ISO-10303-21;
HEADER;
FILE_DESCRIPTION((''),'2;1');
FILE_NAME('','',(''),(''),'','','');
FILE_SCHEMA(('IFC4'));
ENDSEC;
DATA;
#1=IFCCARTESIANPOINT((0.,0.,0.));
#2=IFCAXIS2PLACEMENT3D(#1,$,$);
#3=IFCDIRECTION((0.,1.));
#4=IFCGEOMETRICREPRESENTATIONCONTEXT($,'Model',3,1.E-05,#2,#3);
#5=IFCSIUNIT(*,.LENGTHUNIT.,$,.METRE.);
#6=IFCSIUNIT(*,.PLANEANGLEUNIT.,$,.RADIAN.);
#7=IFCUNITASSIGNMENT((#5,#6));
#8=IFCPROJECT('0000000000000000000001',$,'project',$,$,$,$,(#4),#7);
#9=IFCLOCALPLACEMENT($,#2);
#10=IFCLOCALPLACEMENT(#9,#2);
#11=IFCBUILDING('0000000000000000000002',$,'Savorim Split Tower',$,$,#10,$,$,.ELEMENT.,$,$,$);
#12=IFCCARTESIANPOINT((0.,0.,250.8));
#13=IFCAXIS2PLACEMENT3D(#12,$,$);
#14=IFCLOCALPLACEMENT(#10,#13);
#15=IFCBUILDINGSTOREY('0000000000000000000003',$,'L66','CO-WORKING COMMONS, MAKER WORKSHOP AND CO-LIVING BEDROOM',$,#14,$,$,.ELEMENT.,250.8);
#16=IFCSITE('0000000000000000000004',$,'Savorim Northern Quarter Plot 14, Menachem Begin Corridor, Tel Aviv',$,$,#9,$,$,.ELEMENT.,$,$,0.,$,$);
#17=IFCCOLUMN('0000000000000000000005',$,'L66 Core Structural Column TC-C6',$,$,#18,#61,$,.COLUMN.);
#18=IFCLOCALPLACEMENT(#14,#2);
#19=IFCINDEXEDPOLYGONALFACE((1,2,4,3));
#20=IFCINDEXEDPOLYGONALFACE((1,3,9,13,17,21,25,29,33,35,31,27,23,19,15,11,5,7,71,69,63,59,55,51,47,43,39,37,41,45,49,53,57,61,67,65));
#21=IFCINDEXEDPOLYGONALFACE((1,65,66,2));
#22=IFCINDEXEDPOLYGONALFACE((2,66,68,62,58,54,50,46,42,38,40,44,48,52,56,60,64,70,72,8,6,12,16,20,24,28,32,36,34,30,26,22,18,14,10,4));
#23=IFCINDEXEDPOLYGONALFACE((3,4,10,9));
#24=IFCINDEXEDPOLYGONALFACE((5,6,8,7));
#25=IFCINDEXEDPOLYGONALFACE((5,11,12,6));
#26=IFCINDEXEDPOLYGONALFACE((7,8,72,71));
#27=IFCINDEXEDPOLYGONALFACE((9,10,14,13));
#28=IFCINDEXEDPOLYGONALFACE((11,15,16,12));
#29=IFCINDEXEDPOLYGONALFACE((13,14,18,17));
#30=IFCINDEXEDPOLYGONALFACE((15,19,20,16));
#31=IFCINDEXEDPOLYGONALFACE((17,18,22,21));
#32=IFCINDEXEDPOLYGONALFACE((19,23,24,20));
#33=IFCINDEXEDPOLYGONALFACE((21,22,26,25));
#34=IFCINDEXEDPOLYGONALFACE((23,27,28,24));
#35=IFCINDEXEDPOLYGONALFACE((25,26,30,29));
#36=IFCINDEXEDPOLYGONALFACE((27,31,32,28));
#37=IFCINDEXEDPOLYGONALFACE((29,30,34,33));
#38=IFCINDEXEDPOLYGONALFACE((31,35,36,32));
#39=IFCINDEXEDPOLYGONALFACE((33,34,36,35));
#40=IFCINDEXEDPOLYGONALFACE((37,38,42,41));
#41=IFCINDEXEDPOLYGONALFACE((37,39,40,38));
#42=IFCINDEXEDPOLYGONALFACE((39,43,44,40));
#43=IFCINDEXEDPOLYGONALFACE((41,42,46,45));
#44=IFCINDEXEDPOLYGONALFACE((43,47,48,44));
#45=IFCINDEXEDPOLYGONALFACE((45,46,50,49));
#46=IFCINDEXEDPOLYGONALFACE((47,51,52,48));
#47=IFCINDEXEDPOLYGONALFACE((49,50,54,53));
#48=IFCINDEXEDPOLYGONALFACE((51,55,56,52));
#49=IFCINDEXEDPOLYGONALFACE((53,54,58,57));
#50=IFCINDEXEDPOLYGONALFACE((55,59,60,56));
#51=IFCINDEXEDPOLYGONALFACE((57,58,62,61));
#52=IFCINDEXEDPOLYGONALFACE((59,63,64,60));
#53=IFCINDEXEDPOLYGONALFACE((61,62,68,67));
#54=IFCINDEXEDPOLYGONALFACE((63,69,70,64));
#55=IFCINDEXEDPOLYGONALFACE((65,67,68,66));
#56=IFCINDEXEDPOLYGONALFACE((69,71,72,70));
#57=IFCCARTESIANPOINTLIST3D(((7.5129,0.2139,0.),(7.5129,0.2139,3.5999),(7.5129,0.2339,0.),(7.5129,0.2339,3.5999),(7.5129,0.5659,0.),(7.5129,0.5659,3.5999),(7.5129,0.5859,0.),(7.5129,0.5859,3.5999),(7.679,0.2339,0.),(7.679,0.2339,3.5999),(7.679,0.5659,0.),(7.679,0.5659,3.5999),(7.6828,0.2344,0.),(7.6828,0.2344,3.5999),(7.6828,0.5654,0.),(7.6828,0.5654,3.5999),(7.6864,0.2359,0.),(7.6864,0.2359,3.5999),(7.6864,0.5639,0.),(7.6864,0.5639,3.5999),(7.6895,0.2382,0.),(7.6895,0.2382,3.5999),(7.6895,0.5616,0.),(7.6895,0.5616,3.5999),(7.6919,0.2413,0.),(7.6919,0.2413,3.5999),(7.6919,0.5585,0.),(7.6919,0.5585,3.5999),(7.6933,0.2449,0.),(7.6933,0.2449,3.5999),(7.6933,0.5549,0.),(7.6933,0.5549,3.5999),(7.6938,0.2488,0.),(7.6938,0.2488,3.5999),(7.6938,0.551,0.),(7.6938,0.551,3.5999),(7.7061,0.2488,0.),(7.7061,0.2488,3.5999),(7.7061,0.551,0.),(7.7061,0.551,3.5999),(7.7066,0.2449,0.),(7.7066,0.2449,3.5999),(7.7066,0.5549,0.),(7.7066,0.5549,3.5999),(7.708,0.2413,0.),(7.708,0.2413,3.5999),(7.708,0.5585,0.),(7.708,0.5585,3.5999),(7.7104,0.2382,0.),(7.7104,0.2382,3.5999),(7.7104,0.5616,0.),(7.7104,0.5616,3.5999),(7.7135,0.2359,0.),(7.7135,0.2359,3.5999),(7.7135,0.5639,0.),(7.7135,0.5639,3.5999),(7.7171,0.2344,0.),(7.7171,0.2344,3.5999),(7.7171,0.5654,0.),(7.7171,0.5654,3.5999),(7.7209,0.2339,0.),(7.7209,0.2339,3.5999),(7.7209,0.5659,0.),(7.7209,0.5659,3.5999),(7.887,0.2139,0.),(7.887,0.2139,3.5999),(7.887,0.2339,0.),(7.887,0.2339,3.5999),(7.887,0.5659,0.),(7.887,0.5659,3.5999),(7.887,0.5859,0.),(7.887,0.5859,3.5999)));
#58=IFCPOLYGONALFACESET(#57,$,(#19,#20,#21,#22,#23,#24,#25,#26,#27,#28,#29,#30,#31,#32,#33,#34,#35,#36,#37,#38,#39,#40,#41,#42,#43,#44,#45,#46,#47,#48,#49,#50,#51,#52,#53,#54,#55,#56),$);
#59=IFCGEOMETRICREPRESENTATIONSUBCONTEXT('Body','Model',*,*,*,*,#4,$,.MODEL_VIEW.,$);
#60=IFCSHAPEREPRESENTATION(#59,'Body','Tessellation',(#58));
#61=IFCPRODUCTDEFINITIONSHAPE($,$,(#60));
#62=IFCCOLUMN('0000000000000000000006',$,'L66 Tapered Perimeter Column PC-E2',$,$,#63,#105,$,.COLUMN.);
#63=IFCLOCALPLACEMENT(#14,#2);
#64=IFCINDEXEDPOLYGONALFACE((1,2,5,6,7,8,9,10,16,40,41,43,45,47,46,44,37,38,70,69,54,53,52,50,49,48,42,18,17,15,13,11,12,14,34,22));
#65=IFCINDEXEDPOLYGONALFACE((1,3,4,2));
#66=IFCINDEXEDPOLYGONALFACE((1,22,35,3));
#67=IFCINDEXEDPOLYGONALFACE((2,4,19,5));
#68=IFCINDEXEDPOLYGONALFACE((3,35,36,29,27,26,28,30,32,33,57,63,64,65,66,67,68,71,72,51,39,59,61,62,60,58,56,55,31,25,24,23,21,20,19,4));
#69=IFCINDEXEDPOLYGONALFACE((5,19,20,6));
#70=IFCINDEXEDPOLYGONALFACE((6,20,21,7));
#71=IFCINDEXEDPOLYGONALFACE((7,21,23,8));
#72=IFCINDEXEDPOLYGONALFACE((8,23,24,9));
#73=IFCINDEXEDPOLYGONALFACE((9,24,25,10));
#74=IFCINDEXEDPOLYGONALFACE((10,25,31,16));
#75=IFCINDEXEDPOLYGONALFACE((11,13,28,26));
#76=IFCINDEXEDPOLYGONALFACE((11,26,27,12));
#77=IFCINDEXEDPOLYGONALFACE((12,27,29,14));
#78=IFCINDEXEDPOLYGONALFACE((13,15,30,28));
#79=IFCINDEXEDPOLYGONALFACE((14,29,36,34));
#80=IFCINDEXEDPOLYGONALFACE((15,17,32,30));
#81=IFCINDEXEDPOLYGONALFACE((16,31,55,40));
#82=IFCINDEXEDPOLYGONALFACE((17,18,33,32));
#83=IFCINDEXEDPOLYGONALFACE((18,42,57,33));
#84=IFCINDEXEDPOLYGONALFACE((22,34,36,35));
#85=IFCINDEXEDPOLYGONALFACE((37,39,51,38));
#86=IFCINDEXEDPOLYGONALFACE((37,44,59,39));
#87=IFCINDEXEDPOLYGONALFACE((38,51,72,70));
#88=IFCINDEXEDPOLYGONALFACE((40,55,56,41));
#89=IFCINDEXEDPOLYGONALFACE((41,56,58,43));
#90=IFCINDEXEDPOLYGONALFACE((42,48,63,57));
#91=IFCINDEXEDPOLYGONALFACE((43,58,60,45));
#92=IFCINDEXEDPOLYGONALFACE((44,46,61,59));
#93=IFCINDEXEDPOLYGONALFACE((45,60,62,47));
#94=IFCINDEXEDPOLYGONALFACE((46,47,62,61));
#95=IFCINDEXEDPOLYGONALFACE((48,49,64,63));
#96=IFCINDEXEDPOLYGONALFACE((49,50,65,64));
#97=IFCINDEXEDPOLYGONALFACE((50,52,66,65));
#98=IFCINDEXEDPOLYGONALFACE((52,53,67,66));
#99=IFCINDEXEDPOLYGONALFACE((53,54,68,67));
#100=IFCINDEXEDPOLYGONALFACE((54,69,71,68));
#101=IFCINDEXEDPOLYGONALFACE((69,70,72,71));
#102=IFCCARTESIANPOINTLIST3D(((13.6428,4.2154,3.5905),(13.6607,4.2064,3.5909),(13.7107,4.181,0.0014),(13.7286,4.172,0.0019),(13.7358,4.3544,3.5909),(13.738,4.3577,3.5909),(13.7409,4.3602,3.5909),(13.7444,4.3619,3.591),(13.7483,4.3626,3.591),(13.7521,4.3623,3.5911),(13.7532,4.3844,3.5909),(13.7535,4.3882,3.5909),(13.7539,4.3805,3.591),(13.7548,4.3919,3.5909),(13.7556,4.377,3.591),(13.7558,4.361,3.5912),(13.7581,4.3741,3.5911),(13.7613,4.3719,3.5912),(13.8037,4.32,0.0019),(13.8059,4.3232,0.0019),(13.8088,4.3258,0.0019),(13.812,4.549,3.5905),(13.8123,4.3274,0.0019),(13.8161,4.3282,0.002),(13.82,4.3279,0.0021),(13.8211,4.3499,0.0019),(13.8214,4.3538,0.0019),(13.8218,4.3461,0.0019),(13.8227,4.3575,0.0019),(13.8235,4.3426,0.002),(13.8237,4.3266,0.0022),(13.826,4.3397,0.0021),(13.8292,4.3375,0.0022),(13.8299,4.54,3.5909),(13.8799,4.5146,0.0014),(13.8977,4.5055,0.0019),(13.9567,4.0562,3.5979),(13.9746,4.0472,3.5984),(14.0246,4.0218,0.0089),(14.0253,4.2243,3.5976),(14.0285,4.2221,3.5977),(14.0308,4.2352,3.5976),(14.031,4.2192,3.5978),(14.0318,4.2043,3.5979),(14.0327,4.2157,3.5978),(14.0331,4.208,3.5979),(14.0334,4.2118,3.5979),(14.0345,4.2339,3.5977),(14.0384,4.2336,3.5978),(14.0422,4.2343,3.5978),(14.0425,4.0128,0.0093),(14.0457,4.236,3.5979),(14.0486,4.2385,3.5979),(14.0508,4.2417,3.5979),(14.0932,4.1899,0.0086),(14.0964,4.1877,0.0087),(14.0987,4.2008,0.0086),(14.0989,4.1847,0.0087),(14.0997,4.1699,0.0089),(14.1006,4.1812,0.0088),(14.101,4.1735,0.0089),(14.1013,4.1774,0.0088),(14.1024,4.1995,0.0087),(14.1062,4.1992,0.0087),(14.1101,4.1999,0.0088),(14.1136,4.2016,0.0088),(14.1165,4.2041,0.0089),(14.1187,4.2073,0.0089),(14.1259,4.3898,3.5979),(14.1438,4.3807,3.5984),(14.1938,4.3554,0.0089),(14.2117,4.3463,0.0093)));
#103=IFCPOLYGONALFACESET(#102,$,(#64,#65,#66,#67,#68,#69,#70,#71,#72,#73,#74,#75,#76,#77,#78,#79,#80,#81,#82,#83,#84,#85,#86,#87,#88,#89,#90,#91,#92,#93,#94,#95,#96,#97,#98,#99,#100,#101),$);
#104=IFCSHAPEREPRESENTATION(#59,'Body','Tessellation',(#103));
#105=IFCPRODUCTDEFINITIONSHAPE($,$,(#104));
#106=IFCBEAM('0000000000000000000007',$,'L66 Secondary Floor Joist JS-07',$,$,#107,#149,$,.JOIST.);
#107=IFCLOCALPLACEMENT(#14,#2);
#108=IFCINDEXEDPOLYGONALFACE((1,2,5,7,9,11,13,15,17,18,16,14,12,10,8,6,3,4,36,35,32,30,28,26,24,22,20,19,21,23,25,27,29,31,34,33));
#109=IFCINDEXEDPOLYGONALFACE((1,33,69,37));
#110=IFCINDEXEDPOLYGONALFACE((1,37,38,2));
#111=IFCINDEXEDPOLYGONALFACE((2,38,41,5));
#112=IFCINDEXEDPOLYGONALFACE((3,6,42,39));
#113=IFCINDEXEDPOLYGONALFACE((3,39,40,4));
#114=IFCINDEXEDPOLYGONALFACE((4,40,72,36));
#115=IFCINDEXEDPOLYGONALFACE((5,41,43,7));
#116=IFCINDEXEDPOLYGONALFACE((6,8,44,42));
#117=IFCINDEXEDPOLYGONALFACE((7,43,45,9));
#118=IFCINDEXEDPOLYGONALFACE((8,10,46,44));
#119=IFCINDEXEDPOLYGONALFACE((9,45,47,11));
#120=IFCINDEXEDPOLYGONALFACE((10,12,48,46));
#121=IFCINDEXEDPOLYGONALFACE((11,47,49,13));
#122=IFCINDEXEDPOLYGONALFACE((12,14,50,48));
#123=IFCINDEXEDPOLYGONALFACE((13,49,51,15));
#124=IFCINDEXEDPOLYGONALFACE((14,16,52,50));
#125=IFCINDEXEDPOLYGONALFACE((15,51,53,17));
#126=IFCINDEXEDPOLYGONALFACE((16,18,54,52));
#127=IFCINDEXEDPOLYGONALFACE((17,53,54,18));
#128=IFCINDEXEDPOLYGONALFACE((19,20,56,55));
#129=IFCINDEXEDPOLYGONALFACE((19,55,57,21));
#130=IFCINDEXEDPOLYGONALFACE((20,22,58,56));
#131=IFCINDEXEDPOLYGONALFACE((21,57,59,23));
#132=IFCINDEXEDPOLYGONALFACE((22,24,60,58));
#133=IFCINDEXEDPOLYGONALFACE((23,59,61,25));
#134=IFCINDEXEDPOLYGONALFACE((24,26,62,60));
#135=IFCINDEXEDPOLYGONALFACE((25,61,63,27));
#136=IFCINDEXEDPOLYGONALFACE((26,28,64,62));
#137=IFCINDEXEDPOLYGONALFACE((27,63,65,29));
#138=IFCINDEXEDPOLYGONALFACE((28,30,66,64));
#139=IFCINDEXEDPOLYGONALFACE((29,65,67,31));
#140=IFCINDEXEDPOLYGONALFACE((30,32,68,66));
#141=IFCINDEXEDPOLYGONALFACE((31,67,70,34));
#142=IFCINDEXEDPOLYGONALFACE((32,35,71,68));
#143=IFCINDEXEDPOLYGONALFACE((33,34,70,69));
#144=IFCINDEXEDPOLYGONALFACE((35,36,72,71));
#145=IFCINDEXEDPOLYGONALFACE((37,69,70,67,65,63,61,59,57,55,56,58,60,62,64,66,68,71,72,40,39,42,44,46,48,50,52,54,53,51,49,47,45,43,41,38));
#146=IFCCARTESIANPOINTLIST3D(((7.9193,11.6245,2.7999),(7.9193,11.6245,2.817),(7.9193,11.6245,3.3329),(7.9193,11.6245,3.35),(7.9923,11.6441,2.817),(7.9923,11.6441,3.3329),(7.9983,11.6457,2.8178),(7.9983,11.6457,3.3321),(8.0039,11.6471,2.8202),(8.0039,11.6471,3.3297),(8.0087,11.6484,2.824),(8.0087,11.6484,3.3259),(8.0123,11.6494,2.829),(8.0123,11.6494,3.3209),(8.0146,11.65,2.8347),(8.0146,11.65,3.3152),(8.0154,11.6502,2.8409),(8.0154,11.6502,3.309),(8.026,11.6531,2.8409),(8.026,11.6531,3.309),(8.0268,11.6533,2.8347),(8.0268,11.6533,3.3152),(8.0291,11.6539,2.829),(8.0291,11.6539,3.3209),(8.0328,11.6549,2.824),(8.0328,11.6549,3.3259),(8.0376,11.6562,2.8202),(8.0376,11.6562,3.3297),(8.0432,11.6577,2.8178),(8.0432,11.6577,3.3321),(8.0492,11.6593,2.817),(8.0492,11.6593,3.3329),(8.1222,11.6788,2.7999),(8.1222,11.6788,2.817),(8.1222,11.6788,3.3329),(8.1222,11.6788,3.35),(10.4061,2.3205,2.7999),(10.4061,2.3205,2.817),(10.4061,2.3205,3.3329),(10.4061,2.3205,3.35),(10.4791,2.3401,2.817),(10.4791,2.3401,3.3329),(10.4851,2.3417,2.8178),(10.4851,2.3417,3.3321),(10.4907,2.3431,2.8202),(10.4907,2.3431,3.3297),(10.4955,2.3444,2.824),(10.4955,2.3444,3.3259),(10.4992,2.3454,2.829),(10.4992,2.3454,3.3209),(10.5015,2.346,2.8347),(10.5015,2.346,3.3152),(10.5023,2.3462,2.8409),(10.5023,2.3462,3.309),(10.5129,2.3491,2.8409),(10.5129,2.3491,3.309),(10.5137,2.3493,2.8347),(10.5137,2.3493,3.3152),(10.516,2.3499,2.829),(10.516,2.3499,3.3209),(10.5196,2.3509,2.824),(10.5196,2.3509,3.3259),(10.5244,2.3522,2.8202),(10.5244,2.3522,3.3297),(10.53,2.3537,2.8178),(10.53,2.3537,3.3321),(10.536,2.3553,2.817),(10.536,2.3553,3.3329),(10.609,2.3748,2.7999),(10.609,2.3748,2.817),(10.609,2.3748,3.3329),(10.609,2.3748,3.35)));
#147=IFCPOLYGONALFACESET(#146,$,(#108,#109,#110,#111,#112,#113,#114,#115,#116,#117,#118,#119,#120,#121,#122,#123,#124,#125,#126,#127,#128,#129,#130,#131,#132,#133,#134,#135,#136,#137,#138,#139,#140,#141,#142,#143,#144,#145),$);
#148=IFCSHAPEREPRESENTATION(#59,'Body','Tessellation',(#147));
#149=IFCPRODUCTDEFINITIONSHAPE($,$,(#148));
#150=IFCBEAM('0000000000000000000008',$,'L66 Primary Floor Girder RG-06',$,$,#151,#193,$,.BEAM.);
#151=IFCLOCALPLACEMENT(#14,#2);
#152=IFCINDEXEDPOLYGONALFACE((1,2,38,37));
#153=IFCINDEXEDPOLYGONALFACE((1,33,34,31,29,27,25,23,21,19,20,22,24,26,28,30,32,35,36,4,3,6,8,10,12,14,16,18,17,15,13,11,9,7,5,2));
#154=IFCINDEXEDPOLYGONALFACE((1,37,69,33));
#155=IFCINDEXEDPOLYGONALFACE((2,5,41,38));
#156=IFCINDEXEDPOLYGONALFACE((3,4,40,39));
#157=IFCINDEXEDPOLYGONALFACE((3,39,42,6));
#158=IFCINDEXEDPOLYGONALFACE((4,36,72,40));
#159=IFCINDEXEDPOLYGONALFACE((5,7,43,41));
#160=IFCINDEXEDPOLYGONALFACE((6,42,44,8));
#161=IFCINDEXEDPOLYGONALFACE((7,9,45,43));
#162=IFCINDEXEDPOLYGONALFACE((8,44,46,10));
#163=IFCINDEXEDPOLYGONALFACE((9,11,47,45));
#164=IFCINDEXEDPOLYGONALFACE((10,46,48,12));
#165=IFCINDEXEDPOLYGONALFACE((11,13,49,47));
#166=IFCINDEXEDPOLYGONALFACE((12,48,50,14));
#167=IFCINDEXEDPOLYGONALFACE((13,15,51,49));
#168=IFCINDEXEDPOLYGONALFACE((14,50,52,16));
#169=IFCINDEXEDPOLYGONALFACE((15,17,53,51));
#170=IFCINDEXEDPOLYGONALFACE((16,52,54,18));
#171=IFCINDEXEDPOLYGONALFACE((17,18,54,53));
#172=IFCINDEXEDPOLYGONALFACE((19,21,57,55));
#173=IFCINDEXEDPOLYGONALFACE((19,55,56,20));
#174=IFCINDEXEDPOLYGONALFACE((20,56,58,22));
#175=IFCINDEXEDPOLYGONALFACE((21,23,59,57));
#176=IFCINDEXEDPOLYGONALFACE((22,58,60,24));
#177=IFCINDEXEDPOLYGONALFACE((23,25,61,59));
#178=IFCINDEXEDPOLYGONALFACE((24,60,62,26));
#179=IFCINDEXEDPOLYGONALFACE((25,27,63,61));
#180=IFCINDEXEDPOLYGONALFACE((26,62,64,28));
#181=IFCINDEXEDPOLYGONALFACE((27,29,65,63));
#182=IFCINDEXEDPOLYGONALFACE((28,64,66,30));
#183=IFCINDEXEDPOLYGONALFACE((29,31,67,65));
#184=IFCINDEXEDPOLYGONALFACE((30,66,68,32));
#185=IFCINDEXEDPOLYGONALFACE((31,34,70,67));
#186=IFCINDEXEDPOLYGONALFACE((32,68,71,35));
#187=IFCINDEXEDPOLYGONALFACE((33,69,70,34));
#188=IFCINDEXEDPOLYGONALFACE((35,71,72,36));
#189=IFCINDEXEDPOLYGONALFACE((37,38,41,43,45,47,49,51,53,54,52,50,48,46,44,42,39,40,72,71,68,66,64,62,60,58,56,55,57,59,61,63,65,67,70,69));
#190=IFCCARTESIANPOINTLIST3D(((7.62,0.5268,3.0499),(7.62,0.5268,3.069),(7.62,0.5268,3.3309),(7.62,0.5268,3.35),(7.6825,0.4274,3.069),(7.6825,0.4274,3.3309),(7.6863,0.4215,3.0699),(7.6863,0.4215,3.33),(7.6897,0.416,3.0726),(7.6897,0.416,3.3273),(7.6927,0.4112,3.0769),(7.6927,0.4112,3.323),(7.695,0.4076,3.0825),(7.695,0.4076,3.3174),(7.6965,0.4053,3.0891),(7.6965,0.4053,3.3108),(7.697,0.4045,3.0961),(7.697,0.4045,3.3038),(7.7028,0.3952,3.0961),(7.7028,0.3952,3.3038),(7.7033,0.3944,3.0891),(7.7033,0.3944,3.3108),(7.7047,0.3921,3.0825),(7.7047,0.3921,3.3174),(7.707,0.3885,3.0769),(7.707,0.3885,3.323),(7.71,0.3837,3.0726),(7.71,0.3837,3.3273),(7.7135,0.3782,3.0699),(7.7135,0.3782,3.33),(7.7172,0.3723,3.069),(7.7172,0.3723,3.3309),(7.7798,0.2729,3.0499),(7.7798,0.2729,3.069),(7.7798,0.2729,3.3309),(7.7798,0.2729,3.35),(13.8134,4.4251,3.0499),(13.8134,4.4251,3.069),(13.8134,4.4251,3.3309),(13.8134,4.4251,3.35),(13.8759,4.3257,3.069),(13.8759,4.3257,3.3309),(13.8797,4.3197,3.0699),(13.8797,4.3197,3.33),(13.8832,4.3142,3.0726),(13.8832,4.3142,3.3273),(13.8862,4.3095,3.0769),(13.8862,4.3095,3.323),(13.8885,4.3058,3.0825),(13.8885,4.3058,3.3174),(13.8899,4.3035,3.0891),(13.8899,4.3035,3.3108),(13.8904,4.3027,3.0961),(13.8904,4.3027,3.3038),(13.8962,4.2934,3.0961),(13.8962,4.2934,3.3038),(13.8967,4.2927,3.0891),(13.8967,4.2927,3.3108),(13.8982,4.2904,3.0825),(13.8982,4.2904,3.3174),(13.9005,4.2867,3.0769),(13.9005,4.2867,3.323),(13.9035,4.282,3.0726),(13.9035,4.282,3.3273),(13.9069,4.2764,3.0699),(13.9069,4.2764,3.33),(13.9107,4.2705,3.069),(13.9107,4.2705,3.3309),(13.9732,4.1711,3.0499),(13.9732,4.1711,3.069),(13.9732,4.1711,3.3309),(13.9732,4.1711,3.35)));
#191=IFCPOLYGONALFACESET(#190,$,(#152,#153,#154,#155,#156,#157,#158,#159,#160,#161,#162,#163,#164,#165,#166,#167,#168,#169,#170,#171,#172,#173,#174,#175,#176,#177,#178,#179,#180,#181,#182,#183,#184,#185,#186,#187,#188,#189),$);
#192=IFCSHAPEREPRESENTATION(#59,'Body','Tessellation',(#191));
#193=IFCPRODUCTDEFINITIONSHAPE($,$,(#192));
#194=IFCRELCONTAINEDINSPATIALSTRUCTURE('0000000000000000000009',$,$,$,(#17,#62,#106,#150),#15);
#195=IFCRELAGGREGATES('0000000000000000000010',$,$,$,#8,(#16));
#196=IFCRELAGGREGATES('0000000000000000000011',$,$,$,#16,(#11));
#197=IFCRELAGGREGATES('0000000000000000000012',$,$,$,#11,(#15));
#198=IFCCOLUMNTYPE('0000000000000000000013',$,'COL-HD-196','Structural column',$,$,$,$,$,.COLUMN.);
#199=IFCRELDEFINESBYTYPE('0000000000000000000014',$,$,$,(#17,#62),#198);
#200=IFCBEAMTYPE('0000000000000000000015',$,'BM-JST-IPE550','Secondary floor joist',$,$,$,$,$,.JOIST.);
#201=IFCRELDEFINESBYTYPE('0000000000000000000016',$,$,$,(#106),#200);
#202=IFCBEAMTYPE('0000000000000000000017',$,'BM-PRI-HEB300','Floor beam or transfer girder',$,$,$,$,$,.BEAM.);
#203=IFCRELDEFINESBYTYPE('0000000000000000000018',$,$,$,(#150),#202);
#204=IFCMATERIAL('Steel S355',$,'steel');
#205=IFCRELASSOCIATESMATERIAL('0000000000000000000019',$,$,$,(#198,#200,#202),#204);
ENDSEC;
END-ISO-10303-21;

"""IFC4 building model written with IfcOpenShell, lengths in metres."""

from ifc_helpers import new_model, si_unit, direction, frame, origin, origin_2d, place, context, subcontext, project, spatial, i_section, extrude, material, material_profile, profile_set, type_object, element, save


model = new_model("IFC4")

# Units and contexts
model_context = context("Model", 3, precision=1e-05, world=origin(), true_north=direction((0.0, 1.0)))
body_context = subcontext(model_context, "Body", "Model", "MODEL_VIEW")
ifc_project = project(units=[si_unit("LENGTHUNIT", "METRE"), si_unit("PLANEANGLEUNIT", "RADIAN")], contexts=[model_context])

# Site, building, storey
site_placement = place(None, origin())
site = spatial("IfcSite", under=ifc_project, at=site_placement, Name="Savorim Northern Quarter Plot 14, Menachem Begin Corridor, Tel Aviv", CompositionType="ELEMENT", RefElevation=0.0)
building_placement = place(site_placement, origin())
building = spatial("IfcBuilding", under=site, at=building_placement, Name="Savorim Split Tower", CompositionType="ELEMENT")
storey_placement = place(building_placement, frame((0.0, 0.0, 250.8)))
storey = spatial("IfcBuildingStorey", under=building, at=storey_placement, Name="L66", Description="CO-WORKING COMMONS, MAKER WORKSHOP AND CO-LIVING BEDROOM", CompositionType="ELEMENT", Elevation=250.8)

# Columns
ifc_material_1 = material(Name="Steel S355", Category="steel")
ifc_material_profile_1 = material_profile(ifc_material_1, i_section(OverallWidth=0.374, OverallDepth=0.3721, WebThickness=0.0122, FlangeThickness=0.02, FilletRadius=0.0149, at=origin_2d()), Name="HD 360x196")
ifc_profile_set_1 = profile_set([ifc_material_profile_1], Name="Steel S355")
column_type = type_object("IfcColumnType", Name="COL-HD-196", Description="Structural column", PredefinedType="COLUMN", material=ifc_profile_set_1)
column_1_placement = place(storey_placement, frame((7.7, 0.3999, 0.0), z_axis=(0.0, 0.0, 1.0), x_axis=(1.0, 0.0, 0.0)))
element("IfcColumn", 1, at=column_1_placement, inside=storey, type_object=column_type, Name="L66 Core Structural Column TC-C6", PredefinedType="COLUMN", context=body_context, shape_type="SweptSolid", body=[
    extrude(i_section(OverallWidth=0.374, OverallDepth=0.3721, WebThickness=0.0122, FlangeThickness=0.02, FilletRadius=0.0149, at=origin_2d()), origin(), (0.0, 0.0, 1.0), 3.5999),
])
column_2_placement = place(storey_placement, frame((13.9612, 4.2637, 0.0054), z_axis=(-0.018906, 0.009589, 0.999775), x_axis=(-0.452339, -0.891846, 0.0)))
element("IfcColumn", 2, at=column_2_placement, inside=storey, type_object=column_type, Name="L66 Tapered Perimeter Column PC-E2", PredefinedType="COLUMN", context=body_context, shape_type="SweptSolid", body=[
    extrude(i_section(OverallWidth=0.374, OverallDepth=0.3721, WebThickness=0.0122, FlangeThickness=0.02, FilletRadius=0.0149, at=origin_2d()), origin(), (0.0, 0.0, 1.0), 3.5898),
])

# Beams
ifc_material_profile_2 = material_profile(ifc_material_1, i_section(OverallWidth=0.21, OverallDepth=0.55, WebThickness=0.011, FlangeThickness=0.0171, FilletRadius=0.0239, at=origin_2d()), Name="IPE 550")
ifc_profile_set_2 = profile_set([ifc_material_profile_2], Name="Steel S355")
beam_type_1 = type_object("IfcBeamType", Name="BM-JST-IPE550", Description="Secondary floor joist", PredefinedType="JOIST", material=ifc_profile_set_2)
beam_1_placement = place(storey_placement, frame((10.5076, 2.3477, 3.075), z_axis=(-0.258221, 0.966086, 0.0), x_axis=(-0.966086, -0.258221, 0.0)))
element("IfcBeam", 3, at=beam_1_placement, inside=storey, type_object=beam_type_1, Name="L66 Secondary Floor Joist JS-07", PredefinedType="JOIST", context=body_context, shape_type="SweptSolid", body=[
    extrude(i_section(OverallWidth=0.21, OverallDepth=0.55, WebThickness=0.011, FlangeThickness=0.0171, FilletRadius=0.0239, at=origin_2d()), origin(), (0.0, 0.0, 1.0), 9.6306),
])
ifc_material_profile_3 = material_profile(ifc_material_1, i_section(OverallWidth=0.3, OverallDepth=0.3, WebThickness=0.011, FlangeThickness=0.019, FilletRadius=0.0271, at=origin_2d()), Name="HEB 300")
ifc_profile_set_3 = profile_set([ifc_material_profile_3], Name="Steel S355")
beam_type_2 = type_object("IfcBeamType", Name="BM-PRI-HEB300", Description="Floor beam or transfer girder", PredefinedType="BEAM", material=ifc_profile_set_3)
beam_2_placement = place(storey_placement, frame((13.8933, 4.2981, 3.2), z_axis=(-0.846315, -0.532683, 0.0), x_axis=(0.532683, -0.846315, 0.0)))
element("IfcBeam", 4, at=beam_2_placement, inside=storey, type_object=beam_type_2, Name="L66 Primary Floor Girder RG-06", PredefinedType="BEAM", context=body_context, shape_type="SweptSolid", body=[
    extrude(i_section(OverallWidth=0.3, OverallDepth=0.3, WebThickness=0.011, FlangeThickness=0.019, FilletRadius=0.0271, at=origin_2d()), origin(), (0.0, 0.0, 1.0), 7.3181),
])

save(model, "model.ifc")
